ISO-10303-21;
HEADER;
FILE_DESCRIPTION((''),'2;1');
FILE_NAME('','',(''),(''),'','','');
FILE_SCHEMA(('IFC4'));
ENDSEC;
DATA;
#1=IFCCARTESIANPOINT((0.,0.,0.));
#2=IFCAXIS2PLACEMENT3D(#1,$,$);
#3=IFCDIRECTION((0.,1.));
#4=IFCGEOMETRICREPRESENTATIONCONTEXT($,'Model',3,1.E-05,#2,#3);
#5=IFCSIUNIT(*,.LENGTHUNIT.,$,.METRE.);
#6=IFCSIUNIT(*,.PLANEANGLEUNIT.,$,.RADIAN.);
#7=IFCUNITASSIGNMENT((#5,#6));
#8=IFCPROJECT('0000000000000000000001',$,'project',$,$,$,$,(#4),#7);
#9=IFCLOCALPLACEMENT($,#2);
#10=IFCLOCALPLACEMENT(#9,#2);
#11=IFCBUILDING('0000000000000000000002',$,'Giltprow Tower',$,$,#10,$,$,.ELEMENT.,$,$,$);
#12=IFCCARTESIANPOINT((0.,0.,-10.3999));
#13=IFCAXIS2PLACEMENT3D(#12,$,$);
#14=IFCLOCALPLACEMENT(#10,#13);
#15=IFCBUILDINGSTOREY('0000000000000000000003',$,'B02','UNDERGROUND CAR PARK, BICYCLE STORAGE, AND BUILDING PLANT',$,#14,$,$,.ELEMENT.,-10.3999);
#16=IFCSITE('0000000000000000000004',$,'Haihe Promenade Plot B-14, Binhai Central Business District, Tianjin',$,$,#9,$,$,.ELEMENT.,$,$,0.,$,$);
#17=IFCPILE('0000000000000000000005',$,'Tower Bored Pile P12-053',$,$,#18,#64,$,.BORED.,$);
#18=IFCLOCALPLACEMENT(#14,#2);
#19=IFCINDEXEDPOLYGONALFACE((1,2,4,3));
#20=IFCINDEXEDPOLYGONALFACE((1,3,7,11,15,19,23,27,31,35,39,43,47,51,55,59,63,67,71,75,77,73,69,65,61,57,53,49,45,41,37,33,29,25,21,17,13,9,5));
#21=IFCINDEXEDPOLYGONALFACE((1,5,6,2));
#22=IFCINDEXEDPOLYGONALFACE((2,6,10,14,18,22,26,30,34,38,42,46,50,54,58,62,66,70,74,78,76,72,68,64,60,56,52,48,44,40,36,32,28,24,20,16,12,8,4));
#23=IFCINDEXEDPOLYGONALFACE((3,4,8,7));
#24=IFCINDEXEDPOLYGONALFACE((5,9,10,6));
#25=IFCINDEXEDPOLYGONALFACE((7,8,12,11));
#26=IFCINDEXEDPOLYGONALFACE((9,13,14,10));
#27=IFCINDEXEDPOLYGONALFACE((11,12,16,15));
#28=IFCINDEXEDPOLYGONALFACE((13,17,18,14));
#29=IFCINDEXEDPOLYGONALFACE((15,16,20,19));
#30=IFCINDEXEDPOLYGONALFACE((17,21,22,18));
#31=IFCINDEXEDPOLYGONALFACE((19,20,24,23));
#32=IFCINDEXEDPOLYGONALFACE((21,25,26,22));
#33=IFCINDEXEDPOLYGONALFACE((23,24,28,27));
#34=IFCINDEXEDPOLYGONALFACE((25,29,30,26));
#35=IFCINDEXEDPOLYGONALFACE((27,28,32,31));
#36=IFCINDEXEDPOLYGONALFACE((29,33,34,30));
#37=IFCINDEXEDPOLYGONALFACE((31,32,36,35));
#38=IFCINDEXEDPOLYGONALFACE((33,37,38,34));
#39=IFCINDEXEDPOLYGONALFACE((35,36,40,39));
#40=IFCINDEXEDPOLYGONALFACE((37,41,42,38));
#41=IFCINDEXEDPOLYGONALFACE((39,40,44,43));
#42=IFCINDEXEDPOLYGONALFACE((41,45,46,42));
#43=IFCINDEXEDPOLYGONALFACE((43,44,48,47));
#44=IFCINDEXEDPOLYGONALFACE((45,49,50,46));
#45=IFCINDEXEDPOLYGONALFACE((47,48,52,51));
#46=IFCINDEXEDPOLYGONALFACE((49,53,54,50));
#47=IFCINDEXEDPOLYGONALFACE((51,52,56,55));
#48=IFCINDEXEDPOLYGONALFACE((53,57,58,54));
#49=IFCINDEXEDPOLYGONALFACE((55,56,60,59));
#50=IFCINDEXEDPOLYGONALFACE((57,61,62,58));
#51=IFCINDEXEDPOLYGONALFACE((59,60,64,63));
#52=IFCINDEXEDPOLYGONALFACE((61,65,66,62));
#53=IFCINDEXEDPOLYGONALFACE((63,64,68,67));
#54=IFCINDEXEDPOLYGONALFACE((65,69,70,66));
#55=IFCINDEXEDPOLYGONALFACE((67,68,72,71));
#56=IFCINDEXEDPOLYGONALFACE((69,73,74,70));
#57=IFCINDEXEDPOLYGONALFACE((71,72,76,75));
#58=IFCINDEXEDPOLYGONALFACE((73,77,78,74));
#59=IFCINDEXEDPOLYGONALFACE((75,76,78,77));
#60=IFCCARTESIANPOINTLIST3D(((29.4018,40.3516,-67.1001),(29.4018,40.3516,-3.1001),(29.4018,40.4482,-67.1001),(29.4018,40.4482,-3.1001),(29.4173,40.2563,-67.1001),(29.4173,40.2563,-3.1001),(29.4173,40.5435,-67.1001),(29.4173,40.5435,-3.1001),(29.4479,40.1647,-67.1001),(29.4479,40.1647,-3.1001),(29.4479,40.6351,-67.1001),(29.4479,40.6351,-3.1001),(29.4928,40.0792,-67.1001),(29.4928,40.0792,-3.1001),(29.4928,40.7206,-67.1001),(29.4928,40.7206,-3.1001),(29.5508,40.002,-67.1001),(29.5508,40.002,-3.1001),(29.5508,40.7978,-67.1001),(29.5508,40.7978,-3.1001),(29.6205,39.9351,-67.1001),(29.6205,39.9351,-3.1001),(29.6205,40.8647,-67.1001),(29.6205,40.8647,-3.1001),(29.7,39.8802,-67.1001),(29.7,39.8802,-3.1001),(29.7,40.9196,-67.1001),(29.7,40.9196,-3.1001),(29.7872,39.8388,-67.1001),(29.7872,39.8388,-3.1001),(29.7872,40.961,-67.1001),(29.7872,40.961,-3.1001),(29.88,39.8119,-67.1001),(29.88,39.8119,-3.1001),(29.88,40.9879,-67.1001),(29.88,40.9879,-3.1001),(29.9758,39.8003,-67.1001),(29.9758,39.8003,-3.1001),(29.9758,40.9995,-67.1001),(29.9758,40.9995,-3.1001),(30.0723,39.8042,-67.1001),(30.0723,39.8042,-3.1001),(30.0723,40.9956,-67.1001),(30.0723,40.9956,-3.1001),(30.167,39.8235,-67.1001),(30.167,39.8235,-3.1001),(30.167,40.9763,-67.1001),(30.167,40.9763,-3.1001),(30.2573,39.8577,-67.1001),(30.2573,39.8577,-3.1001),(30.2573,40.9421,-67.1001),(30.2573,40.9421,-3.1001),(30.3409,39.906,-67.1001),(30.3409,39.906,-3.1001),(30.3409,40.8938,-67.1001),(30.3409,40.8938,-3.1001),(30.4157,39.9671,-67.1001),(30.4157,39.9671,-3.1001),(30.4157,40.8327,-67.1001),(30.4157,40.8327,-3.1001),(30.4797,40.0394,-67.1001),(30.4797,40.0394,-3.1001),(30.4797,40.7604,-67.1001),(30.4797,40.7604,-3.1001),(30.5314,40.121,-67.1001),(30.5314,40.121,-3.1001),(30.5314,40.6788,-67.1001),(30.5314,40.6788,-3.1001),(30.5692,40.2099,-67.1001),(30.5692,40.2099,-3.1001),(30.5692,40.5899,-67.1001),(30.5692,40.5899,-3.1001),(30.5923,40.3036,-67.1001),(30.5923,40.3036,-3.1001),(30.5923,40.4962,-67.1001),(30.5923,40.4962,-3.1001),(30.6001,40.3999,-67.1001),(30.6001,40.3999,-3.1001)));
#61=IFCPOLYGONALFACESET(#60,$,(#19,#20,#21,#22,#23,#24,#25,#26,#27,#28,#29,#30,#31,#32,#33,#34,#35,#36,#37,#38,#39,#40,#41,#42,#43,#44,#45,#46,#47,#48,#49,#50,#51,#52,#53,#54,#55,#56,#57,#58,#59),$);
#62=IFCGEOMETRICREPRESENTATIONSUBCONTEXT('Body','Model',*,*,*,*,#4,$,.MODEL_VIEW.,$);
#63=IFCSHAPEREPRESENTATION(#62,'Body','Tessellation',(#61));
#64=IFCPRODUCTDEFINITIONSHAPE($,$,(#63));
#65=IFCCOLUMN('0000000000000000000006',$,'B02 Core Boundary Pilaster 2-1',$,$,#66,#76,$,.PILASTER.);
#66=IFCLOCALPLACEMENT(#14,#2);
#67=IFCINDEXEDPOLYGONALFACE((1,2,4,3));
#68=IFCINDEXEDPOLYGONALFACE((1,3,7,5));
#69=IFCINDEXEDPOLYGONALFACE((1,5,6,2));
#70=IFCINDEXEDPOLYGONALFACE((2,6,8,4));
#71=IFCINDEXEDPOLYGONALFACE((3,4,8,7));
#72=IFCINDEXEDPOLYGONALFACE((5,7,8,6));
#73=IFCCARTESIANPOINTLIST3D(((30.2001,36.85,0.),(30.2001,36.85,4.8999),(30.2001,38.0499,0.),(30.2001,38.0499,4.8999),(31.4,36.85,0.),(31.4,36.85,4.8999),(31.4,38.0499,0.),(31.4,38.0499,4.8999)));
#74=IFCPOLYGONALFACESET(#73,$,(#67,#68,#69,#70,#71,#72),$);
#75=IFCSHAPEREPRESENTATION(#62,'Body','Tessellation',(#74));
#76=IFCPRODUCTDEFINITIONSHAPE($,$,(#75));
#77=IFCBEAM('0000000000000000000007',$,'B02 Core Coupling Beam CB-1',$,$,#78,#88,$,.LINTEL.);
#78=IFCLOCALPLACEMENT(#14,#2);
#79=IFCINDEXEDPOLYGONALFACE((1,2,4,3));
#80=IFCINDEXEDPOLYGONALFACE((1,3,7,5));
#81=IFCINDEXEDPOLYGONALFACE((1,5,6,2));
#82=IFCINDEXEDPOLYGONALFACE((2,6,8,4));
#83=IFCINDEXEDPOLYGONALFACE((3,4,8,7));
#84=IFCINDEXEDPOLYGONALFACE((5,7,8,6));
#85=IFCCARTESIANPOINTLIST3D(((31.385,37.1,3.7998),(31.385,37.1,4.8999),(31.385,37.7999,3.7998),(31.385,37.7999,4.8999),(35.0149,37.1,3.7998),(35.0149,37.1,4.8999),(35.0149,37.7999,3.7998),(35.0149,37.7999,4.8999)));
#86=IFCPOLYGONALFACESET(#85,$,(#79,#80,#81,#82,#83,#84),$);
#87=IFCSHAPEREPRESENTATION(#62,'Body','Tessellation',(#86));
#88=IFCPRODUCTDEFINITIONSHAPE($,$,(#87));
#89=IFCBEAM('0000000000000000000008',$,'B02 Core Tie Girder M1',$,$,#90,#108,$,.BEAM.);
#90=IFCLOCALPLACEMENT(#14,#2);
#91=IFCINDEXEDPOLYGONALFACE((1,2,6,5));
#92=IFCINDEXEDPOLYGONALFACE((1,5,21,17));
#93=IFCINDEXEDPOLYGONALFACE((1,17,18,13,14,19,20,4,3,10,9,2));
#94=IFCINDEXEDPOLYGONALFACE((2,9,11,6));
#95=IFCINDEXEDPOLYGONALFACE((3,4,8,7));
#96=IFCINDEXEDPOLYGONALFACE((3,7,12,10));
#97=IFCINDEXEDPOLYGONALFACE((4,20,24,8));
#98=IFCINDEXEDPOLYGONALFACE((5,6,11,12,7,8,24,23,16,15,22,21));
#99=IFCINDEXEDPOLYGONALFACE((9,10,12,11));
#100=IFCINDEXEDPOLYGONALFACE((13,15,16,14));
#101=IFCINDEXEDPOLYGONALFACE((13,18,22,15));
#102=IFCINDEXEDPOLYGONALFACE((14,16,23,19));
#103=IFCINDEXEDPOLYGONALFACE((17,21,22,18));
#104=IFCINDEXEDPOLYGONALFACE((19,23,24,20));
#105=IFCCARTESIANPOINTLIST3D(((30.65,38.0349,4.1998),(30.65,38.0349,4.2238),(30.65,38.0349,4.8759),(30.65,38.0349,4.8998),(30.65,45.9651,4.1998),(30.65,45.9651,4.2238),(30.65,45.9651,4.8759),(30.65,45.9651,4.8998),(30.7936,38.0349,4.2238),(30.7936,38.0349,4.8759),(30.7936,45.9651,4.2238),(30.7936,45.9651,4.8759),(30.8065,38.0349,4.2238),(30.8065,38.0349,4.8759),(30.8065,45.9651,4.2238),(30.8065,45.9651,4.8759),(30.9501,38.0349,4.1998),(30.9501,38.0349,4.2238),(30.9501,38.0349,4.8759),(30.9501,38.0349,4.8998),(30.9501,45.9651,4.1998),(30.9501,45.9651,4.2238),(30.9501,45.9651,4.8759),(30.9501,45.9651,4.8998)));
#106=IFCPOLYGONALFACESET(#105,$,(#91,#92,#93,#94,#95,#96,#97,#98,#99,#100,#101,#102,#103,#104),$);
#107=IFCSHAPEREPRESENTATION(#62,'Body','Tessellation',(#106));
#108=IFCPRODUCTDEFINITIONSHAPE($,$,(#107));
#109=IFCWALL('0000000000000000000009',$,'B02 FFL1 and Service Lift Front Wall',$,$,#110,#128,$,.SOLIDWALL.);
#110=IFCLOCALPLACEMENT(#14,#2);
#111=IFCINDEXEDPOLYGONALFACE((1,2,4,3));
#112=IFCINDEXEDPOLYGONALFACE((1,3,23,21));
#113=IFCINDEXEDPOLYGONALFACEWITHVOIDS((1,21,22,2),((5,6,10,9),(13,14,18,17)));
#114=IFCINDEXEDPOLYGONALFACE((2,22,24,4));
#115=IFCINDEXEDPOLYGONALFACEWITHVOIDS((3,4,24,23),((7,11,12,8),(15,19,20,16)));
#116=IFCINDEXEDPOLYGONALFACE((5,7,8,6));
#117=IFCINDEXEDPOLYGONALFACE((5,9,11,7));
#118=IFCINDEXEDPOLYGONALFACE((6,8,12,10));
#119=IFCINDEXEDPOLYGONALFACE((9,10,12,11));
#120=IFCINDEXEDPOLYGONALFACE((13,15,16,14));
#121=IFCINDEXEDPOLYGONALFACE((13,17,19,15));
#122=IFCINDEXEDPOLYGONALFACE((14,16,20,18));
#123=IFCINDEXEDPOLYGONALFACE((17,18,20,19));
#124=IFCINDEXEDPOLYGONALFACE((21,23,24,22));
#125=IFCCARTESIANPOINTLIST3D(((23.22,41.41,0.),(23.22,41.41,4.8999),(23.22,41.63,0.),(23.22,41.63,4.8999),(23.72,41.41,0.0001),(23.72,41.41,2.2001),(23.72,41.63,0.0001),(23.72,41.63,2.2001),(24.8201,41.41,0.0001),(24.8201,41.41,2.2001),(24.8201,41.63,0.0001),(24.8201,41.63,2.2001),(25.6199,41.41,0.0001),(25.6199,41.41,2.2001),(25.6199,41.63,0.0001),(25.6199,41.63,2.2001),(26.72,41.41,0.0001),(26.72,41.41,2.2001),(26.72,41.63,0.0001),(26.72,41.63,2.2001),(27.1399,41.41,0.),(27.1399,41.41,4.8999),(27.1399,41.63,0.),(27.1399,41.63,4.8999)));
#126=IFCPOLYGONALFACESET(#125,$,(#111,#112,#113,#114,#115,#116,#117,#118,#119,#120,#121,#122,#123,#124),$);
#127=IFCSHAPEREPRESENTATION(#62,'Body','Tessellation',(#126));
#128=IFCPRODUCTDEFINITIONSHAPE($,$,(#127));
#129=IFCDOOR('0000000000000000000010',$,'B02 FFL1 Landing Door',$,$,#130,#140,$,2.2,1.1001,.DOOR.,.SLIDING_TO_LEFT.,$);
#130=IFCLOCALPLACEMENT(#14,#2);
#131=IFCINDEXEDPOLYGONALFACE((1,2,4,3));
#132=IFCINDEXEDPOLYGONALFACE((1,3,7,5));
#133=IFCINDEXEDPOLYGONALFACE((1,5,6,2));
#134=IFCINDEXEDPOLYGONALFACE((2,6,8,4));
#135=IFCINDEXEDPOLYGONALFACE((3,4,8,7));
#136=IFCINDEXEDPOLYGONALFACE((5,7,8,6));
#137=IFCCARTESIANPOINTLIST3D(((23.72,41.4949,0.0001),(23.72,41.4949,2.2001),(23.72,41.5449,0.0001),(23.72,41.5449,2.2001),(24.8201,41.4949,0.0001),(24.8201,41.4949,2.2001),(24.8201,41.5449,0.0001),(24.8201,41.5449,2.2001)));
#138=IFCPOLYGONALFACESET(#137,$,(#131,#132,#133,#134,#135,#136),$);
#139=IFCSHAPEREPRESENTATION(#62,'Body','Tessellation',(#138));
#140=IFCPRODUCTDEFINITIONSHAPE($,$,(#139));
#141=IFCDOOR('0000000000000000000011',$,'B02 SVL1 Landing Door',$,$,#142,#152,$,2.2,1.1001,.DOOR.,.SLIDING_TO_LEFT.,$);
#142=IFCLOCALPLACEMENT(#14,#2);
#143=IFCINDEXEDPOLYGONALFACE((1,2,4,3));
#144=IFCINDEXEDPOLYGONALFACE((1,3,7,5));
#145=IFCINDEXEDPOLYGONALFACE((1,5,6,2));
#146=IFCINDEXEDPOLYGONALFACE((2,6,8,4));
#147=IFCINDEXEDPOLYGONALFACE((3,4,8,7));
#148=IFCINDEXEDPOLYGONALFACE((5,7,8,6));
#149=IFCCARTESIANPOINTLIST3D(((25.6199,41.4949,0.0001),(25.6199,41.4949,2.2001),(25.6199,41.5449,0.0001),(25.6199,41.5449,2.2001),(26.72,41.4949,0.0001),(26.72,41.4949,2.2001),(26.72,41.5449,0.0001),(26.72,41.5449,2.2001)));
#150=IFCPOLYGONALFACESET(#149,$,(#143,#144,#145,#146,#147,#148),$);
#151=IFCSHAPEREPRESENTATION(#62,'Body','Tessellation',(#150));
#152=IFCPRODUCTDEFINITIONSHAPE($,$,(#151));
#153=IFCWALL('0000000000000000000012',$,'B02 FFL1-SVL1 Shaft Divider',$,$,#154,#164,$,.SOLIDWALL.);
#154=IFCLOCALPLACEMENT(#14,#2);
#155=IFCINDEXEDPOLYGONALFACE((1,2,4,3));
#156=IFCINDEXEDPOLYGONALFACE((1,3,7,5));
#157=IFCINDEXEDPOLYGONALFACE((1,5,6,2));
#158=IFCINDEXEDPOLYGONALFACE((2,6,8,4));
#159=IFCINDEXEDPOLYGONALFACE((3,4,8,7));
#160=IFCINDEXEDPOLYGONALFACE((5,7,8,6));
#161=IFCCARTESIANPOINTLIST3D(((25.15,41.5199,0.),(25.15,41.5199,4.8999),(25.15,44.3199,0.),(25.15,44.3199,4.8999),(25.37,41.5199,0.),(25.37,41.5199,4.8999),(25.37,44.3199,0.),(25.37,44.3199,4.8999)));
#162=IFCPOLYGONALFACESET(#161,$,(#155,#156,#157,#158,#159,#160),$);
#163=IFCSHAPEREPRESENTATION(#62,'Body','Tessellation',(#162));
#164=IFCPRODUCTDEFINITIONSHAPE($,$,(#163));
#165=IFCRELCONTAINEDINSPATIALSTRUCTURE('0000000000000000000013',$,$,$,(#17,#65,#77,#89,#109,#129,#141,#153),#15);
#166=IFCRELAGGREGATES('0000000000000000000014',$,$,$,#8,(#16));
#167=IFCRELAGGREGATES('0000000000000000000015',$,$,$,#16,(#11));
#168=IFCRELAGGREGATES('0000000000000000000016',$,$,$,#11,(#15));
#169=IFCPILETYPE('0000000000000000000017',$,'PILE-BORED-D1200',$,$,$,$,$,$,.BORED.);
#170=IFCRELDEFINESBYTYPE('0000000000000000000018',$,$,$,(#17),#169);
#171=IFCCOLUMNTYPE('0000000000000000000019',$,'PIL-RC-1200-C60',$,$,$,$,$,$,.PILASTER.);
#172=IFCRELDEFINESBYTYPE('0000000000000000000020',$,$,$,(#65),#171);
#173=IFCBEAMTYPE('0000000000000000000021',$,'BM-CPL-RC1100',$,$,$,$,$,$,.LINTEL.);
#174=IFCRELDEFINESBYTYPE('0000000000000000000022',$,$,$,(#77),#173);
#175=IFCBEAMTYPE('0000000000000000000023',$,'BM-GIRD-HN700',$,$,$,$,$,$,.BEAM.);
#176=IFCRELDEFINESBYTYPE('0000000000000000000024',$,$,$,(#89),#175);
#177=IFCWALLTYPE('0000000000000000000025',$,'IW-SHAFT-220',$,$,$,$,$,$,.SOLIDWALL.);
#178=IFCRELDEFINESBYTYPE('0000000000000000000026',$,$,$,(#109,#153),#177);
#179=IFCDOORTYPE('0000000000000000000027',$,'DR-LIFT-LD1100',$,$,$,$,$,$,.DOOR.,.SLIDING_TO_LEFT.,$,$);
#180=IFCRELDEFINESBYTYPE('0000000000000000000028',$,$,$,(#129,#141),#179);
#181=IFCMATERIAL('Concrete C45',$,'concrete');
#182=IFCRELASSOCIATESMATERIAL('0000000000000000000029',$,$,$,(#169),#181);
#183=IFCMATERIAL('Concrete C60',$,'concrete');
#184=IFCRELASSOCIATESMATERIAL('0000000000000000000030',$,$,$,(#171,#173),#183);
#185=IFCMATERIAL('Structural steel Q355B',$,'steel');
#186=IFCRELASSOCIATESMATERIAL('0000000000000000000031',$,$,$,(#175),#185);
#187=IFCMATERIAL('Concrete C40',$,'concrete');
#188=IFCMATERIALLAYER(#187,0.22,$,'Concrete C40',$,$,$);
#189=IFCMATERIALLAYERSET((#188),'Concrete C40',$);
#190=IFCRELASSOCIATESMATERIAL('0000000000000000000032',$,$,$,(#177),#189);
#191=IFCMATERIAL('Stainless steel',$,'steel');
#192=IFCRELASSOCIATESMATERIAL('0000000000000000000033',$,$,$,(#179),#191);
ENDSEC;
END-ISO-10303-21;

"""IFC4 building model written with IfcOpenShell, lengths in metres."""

from ifc_helpers import new_model, si_unit, direction, frame, frame_2d, origin, origin_2d, place, context, subcontext, project, spatial, rectangle, circle, i_section, extrude, source, transform, mapped, material, layer, layer_set, material_profile, profile_set, type_object, element, fill, save


model = new_model("IFC4")

# Units and contexts
model_context = context("Model", 3, precision=1e-05, world=origin(), true_north=direction((0.0, 1.0)))
body_context = subcontext(model_context, "Body", "Model", "MODEL_VIEW")
ifc_project = project(units=[si_unit("LENGTHUNIT", "METRE"), si_unit("PLANEANGLEUNIT", "RADIAN")], contexts=[model_context])

# Site, building, storey
site_placement = place(None, origin())
site = spatial("IfcSite", under=ifc_project, at=site_placement, Name="Haihe Promenade Plot B-14, Binhai Central Business District, Tianjin", CompositionType="ELEMENT", RefElevation=0.0)
building_placement = place(site_placement, origin())
building = spatial("IfcBuilding", under=site, at=building_placement, Name="Giltprow Tower", CompositionType="ELEMENT")
storey_placement = place(building_placement, frame((0.0, 0.0, -10.3999)))
storey = spatial("IfcBuildingStorey", under=building, at=storey_placement, Name="B02", Description="UNDERGROUND CAR PARK, BICYCLE STORAGE, AND BUILDING PLANT", CompositionType="ELEMENT", Elevation=-10.3999)

# Pile
ifc_material_1 = material(Name="Concrete C45", Category="concrete")
ifc_material_profile_1 = material_profile(ifc_material_1, circle(Radius=0.6001, at=origin_2d()), Name="PILE D1200")
ifc_profile_set_1 = profile_set([ifc_material_profile_1], Name="Concrete C45")
pile_type = type_object("IfcPileType", Name="PILE-BORED-D1200", PredefinedType="BORED", material=ifc_profile_set_1)
shared_shape_1 = source(origin(), body_context, "Body", "SweptSolid", [
    extrude(circle(Radius=0.6001, at=origin_2d()), origin(), (0.0, 0.0, 1.0), 64.0),
])
for number, where, z_axis, x_axis, name in (
    (1, (30.0, 40.3999, -3.1001), (0.0, 0.0, -1.0), (1.0, 0.0, 0.0), "Tower Bored Pile P12-053"),
):
    element("IfcPile", number, at=place(storey_placement, frame(where, z_axis=z_axis, x_axis=x_axis)), inside=storey, type_object=pile_type, Name=name, PredefinedType="BORED", context=body_context, shape_type="MappedRepresentation", body=[
        mapped(shared_shape_1, transform((0.0, 0.0, 0.0), x_axis=(1.0, 0.0, 0.0), y_axis=(0.0, 1.0, 0.0), z_axis=(0.0, 0.0, 1.0), scale=1.0)),
    ])

# Column
ifc_material_2 = material(Name="Concrete C60", Category="concrete")
ifc_material_profile_2 = material_profile(ifc_material_2, rectangle(XDim=1.2, YDim=1.2, at=origin_2d()), Name="RC 1200x1200")
ifc_profile_set_2 = profile_set([ifc_material_profile_2], Name="Concrete C60")
column_type = type_object("IfcColumnType", Name="PIL-RC-1200-C60", PredefinedType="PILASTER", material=ifc_profile_set_2)
shared_shape_2 = source(origin(), body_context, "Body", "SweptSolid", [
    extrude(rectangle(XDim=1.2, YDim=1.2, at=origin_2d()), origin(), (0.0, 0.0, 1.0), 4.8999),
])
column_placement = place(storey_placement, frame((30.8, 37.45, 0.0), z_axis=(0.0, 0.0, 1.0), x_axis=(1.0, 0.0, 0.0)))
element("IfcColumn", 2, at=column_placement, inside=storey, type_object=column_type, Name="B02 Core Boundary Pilaster 2-1", PredefinedType="PILASTER", context=body_context, shape_type="MappedRepresentation", body=[
    mapped(shared_shape_2, transform((0.0, 0.0, 0.0), x_axis=(1.0, 0.0, 0.0), y_axis=(0.0, 1.0, 0.0), z_axis=(0.0, 0.0, 1.0), scale=1.0)),
])

# Beams
ifc_material_profile_3 = material_profile(ifc_material_2, rectangle(XDim=0.7, YDim=1.1001, at=origin_2d()), Name="RC 1100x700")
ifc_profile_set_3 = profile_set([ifc_material_profile_3], Name="Concrete C60")
beam_type_1 = type_object("IfcBeamType", Name="BM-CPL-RC1100", PredefinedType="LINTEL", material=ifc_profile_set_3)
shared_shape_3 = source(origin(), body_context, "Body", "SweptSolid", [
    extrude(rectangle(XDim=0.7, YDim=1.1001, at=origin_2d()), origin(), (0.0, 0.0, 1.0), 3.6299),
])
beam_1_placement = place(storey_placement, frame((31.385, 37.45, 4.3499), z_axis=(1.0, 0.0, 0.0), x_axis=(0.0, 1.0, 0.0)))
element("IfcBeam", 3, at=beam_1_placement, inside=storey, type_object=beam_type_1, Name="B02 Core Coupling Beam CB-1", PredefinedType="LINTEL", context=body_context, shape_type="MappedRepresentation", body=[
    mapped(shared_shape_3, transform((0.0, 0.0, 0.0), x_axis=(1.0, 0.0, 0.0), y_axis=(0.0, 1.0, 0.0), z_axis=(0.0, 0.0, 1.0), scale=1.0)),
])
ifc_material_3 = material(Name="Structural steel Q355B", Category="steel")
ifc_material_profile_4 = material_profile(ifc_material_3, i_section(OverallWidth=0.3, OverallDepth=0.7, WebThickness=0.0129, FlangeThickness=0.0239, at=origin_2d()), Name="HN 700x300x13x24")
ifc_profile_set_4 = profile_set([ifc_material_profile_4], Name="Structural steel Q355B")
beam_type_2 = type_object("IfcBeamType", Name="BM-GIRD-HN700", PredefinedType="BEAM", material=ifc_profile_set_4)
shared_shape_4 = source(origin(), body_context, "Body", "SweptSolid", [
    extrude(i_section(OverallWidth=0.3, OverallDepth=0.7, WebThickness=0.0129, FlangeThickness=0.0239, at=origin_2d()), origin(), (0.0, 0.0, 1.0), 7.9302),
])
beam_2_placement = place(storey_placement, frame((30.8, 38.0349, 4.5498), z_axis=(0.0, 1.0, 0.0), x_axis=(-1.0, 0.0, 0.0)))
element("IfcBeam", 4, at=beam_2_placement, inside=storey, type_object=beam_type_2, Name="B02 Core Tie Girder M1", PredefinedType="BEAM", context=body_context, shape_type="MappedRepresentation", body=[
    mapped(shared_shape_4, transform((0.0, 0.0, 0.0), x_axis=(1.0, 0.0, 0.0), y_axis=(0.0, 1.0, 0.0), z_axis=(0.0, 0.0, 1.0), scale=1.0)),
])

# Wall, openings, doors
ifc_material_4 = material(Name="Concrete C40", Category="concrete")
ifc_layer_1 = layer(ifc_material_4, 0.22, Name="Concrete C40")
ifc_layer_set_1 = layer_set([ifc_layer_1], Name="Concrete C40")
wall_type_1 = type_object("IfcWallType", Name="IW-SHAFT-220", PredefinedType="SOLIDWALL", material=ifc_layer_set_1)
wall_1_placement = place(storey_placement, frame((23.22, 41.52, 0.0), z_axis=(0.0, 0.0, 1.0), x_axis=(1.0, 0.0, 0.0)))
wall_1 = element("IfcWall", 5, at=wall_1_placement, inside=storey, type_object=wall_type_1, Name="B02 FFL1 and Service Lift Front Wall", PredefinedType="SOLIDWALL", context=body_context, shape_type="SweptSolid", body=[
    extrude(rectangle(XDim=3.9199, YDim=0.22, at=frame_2d((1.96, 0.0))), origin(), (0.0, 0.0, 1.0), 4.8999),
])
opening_1_placement = place(wall_1_placement, frame((0.5, 0.0, 0.0)))
opening_1 = element("IfcOpeningElement", 6, at=opening_1_placement, cuts=wall_1, PredefinedType="OPENING", context=body_context, shape_type="SweptSolid", body=[
    extrude(rectangle(XDim=1.1001, YDim=2.2, at=frame_2d((0.55, 1.1001))), frame((0.0, 0.1199, 0.0), z_axis=(0.0, -1.0, 0.0), x_axis=(1.0, 0.0, 0.0)), (0.0, 0.0, 1.0), 0.24),
])
opening_2_placement = place(wall_1_placement, frame((2.3999, 0.0, 0.0)))
opening_2 = element("IfcOpeningElement", 7, at=opening_2_placement, cuts=wall_1, PredefinedType="OPENING", context=body_context, shape_type="SweptSolid", body=[
    extrude(rectangle(XDim=1.1001, YDim=2.2, at=frame_2d((0.55, 1.1001))), frame((0.0, 0.1199, 0.0), z_axis=(0.0, -1.0, 0.0), x_axis=(1.0, 0.0, 0.0)), (0.0, 0.0, 1.0), 0.24),
])
ifc_material_5 = material(Name="Stainless steel", Category="steel")
door_type_1 = type_object("IfcDoorType", Name="DR-LIFT-LD1100", OperationType="SLIDING_TO_LEFT", PredefinedType="DOOR", material=ifc_material_5)
shared_shape_5 = source(origin(), body_context, "Body", "SweptSolid", [
    extrude(rectangle(XDim=1.1001, YDim=2.2, at=frame_2d((0.55, 1.1001))), frame((0.0, 0.0249, 0.0), z_axis=(0.0, -1.0, 0.0), x_axis=(1.0, 0.0, 0.0)), (0.0, 0.0, 1.0), 0.05),
])
door_1_placement = place(opening_1_placement, origin())
door_1 = element("IfcDoor", 8, at=door_1_placement, inside=storey, type_object=door_type_1, Name="B02 FFL1 Landing Door", OperationType="SLIDING_TO_LEFT", OverallHeight=2.2, OverallWidth=1.1001, PredefinedType="DOOR", context=body_context, shape_type="MappedRepresentation", body=[
    mapped(shared_shape_5, transform((0.0, 0.0, 0.0), x_axis=(1.0, 0.0, 0.0), y_axis=(0.0, 1.0, 0.0), z_axis=(0.0, 0.0, 1.0), scale=1.0)),
])
fill(opening_1, door_1)
door_2_placement = place(opening_2_placement, origin())
door_2 = element("IfcDoor", 9, at=door_2_placement, inside=storey, type_object=door_type_1, Name="B02 SVL1 Landing Door", OperationType="SLIDING_TO_LEFT", OverallHeight=2.2, OverallWidth=1.1001, PredefinedType="DOOR", context=body_context, shape_type="MappedRepresentation", body=[
    mapped(shared_shape_5, transform((0.0, 0.0, 0.0), x_axis=(1.0, 0.0, 0.0), y_axis=(0.0, 1.0, 0.0), z_axis=(0.0, 0.0, 1.0), scale=1.0)),
])
fill(opening_2, door_2)

# Wall
wall_2_placement = place(storey_placement, frame((25.26, 41.52, 0.0), z_axis=(0.0, 0.0, 1.0), x_axis=(0.0, 1.0, 0.0)))
element("IfcWall", 10, at=wall_2_placement, inside=storey, type_object=wall_type_1, Name="B02 FFL1-SVL1 Shaft Divider", PredefinedType="SOLIDWALL", context=body_context, shape_type="SweptSolid", body=[
    extrude(rectangle(XDim=2.8, YDim=0.22, at=frame_2d((1.3999, 0.0))), origin(), (0.0, 0.0, 1.0), 4.8999),
])

save(model, "model.ifc")
